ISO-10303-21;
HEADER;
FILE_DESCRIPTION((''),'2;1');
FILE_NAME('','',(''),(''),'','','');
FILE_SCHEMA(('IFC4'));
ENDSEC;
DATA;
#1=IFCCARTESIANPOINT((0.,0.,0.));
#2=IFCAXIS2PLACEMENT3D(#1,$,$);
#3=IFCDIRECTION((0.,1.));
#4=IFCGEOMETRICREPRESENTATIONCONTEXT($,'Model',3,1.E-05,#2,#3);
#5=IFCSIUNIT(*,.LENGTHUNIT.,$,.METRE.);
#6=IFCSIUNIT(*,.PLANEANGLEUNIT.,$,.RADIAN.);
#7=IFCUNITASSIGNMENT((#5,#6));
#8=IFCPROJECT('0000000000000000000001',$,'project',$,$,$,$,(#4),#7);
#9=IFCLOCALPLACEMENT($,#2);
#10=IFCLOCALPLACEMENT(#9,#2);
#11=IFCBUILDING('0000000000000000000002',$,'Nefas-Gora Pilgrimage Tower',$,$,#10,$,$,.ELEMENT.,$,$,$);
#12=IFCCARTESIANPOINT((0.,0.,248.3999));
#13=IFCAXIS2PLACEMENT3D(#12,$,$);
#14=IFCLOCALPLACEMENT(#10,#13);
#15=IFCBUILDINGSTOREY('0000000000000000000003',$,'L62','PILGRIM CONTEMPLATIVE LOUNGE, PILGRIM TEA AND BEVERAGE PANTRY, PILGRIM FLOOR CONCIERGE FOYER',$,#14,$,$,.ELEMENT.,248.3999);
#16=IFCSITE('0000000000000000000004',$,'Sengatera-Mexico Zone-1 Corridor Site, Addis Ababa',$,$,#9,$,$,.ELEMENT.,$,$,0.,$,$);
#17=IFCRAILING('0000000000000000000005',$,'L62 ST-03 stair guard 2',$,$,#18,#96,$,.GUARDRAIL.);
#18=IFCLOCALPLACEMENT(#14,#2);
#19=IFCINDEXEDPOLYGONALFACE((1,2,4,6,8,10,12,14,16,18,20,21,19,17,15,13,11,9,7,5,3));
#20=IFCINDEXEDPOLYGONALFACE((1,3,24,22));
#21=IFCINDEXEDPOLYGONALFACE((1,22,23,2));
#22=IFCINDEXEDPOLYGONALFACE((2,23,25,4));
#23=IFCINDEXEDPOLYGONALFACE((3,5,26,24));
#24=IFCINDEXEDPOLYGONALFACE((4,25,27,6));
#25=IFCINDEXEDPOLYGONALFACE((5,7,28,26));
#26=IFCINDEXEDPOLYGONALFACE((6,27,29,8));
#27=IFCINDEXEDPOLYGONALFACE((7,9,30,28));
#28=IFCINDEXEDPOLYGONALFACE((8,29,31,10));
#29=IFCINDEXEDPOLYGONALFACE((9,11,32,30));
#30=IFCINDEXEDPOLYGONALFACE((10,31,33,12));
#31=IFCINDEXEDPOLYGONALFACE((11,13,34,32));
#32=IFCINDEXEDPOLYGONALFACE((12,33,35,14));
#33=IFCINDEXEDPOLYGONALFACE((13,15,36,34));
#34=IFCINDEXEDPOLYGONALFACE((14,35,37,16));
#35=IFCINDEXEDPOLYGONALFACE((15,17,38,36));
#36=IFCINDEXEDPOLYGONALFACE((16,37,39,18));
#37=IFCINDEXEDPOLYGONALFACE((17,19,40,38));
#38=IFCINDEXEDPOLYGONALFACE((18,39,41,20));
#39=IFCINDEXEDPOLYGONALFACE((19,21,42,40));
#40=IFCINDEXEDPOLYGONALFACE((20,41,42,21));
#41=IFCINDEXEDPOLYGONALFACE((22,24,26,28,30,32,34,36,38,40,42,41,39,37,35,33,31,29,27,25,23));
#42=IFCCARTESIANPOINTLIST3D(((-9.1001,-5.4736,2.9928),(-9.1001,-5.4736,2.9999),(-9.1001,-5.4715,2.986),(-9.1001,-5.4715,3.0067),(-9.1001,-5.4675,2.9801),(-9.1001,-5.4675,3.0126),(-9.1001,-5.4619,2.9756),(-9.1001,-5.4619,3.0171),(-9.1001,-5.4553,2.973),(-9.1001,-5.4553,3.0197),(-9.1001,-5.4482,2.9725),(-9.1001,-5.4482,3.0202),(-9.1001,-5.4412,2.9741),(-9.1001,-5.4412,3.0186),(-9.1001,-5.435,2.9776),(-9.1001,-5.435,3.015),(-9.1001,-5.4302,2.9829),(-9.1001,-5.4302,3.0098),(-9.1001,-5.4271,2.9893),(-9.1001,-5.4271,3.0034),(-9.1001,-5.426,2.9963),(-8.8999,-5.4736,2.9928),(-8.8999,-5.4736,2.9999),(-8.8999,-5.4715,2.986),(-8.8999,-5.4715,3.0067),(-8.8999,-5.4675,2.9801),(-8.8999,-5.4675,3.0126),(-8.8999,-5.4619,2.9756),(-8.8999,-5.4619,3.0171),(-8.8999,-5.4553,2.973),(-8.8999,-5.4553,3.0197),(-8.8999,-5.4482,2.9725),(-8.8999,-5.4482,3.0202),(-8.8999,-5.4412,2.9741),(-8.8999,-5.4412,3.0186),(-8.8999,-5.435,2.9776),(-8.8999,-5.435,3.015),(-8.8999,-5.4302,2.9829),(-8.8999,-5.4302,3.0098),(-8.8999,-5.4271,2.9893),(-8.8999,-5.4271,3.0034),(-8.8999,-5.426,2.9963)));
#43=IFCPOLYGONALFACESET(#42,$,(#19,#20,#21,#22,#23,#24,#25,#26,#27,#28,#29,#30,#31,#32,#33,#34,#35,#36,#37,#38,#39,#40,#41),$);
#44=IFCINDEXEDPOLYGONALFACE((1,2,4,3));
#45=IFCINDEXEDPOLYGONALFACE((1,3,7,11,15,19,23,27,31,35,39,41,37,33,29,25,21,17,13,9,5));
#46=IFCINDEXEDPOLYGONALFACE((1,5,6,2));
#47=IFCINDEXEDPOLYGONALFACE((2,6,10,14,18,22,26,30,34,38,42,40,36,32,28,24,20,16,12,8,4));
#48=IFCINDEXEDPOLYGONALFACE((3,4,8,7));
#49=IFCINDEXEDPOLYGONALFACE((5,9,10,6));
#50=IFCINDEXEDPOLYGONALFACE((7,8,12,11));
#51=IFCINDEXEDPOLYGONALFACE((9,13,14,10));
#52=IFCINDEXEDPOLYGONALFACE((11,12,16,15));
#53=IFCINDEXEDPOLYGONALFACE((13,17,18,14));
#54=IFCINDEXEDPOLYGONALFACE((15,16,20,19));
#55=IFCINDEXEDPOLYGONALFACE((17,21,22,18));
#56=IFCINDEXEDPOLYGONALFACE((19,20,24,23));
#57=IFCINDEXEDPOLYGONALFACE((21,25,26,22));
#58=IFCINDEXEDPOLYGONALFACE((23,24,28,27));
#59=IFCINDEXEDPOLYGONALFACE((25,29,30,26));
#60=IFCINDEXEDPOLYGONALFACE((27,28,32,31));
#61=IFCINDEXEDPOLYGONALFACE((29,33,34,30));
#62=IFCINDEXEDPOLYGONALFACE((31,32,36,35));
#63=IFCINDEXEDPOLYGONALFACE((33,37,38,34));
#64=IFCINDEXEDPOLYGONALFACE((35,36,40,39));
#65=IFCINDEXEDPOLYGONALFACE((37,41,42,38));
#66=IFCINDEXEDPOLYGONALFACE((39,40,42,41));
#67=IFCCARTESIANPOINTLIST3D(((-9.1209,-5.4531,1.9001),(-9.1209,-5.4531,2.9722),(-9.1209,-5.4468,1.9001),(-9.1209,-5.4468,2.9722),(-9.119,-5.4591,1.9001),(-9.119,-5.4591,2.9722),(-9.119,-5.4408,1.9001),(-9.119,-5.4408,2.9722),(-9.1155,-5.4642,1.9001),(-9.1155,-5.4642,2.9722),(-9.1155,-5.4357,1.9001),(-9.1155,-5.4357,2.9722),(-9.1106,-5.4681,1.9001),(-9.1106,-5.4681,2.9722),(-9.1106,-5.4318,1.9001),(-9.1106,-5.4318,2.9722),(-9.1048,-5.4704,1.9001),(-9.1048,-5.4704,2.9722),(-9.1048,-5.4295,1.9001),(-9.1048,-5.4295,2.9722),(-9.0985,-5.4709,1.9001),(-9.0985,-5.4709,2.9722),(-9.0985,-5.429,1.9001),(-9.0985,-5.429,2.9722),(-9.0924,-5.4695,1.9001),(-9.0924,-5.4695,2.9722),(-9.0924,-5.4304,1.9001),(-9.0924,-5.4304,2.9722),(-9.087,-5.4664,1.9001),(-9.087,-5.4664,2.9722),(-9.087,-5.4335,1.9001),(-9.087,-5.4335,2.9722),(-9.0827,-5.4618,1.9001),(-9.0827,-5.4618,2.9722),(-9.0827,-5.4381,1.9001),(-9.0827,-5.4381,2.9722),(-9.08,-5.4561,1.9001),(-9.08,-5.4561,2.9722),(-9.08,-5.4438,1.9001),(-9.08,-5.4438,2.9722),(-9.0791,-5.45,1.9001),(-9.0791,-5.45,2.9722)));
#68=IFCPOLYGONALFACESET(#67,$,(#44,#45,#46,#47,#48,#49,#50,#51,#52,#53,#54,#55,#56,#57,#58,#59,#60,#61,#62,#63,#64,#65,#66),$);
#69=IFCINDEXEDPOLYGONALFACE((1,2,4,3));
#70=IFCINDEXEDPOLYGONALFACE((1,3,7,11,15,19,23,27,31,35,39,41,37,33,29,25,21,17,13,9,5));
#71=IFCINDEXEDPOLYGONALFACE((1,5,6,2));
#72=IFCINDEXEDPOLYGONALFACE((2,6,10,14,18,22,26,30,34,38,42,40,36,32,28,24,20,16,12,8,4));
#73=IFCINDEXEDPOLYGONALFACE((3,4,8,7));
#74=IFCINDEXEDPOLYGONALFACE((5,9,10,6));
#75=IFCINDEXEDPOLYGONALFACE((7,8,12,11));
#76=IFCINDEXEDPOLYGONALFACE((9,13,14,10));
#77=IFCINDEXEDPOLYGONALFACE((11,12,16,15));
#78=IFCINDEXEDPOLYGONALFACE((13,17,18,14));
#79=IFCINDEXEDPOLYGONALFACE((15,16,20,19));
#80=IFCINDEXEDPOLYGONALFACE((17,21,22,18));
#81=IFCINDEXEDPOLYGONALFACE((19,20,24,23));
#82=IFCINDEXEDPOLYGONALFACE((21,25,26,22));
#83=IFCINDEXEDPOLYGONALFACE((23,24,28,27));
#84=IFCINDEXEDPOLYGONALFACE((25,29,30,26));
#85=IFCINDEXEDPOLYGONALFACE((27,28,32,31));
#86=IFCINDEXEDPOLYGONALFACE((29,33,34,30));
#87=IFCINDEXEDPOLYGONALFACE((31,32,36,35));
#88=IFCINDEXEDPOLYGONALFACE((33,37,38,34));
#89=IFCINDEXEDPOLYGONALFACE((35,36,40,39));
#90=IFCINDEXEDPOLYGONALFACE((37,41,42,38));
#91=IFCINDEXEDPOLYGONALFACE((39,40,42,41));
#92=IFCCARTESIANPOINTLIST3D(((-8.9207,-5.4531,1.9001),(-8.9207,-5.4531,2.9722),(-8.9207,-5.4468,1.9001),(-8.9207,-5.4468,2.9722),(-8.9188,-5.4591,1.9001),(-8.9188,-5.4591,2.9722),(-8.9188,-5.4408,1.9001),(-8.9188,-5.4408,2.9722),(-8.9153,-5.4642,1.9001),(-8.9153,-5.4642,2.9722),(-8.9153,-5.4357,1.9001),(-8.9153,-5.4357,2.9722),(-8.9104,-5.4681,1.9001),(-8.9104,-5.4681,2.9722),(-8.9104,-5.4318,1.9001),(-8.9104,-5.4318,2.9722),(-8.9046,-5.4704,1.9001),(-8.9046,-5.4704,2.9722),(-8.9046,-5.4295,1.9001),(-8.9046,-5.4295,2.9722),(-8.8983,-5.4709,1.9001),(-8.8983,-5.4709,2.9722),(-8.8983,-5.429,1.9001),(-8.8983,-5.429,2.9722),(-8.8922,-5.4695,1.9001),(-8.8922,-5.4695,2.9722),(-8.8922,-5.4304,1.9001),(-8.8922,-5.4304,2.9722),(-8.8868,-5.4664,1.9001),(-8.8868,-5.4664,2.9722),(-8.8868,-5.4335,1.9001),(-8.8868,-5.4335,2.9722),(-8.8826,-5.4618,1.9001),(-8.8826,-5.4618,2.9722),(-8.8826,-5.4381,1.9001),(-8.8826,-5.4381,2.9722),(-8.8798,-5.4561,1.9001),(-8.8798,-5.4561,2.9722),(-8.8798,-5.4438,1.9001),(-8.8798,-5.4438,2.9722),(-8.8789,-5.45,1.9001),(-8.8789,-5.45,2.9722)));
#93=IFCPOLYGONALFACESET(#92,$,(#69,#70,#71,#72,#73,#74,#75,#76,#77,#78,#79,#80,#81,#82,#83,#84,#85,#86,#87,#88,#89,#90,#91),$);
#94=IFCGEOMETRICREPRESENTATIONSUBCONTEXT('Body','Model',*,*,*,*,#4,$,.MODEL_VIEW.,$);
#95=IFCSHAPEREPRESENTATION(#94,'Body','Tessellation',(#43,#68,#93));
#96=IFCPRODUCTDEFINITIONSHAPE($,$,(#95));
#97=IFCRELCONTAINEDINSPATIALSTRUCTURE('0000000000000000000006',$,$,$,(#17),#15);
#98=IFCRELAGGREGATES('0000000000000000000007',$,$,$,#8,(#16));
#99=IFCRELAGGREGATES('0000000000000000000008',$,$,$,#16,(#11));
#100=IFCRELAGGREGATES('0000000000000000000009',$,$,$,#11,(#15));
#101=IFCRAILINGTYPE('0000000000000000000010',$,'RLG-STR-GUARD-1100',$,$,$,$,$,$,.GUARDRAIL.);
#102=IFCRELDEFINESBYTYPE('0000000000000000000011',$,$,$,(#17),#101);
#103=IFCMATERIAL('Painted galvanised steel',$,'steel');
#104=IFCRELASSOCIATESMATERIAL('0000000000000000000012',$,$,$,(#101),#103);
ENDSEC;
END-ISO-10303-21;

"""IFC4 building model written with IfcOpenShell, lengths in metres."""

from ifc_helpers import new_model, si_unit, direction, frame, origin, origin_2d, place, context, subcontext, project, spatial, circle, extrude, material, type_object, element, save


model = new_model("IFC4")

# Units and contexts
model_context = context("Model", 3, precision=1e-05, world=origin(), true_north=direction((0.0, 1.0)))
body_context = subcontext(model_context, "Body", "Model", "MODEL_VIEW")
ifc_project = project(units=[si_unit("LENGTHUNIT", "METRE"), si_unit("PLANEANGLEUNIT", "RADIAN")], contexts=[model_context])

# Site, building, storey
site_placement = place(None, origin())
site = spatial("IfcSite", under=ifc_project, at=site_placement, Name="Sengatera-Mexico Zone-1 Corridor Site, Addis Ababa", CompositionType="ELEMENT", RefElevation=0.0)
building_placement = place(site_placement, origin())
building = spatial("IfcBuilding", under=site, at=building_placement, Name="Nefas-Gora Pilgrimage Tower", CompositionType="ELEMENT")
storey_placement = place(building_placement, frame((0.0, 0.0, 248.3999)))
storey = spatial("IfcBuildingStorey", under=building, at=storey_placement, Name="L62", Description="PILGRIM CONTEMPLATIVE LOUNGE, PILGRIM TEA AND BEVERAGE PANTRY, PILGRIM FLOOR CONCIERGE FOYER", CompositionType="ELEMENT", Elevation=248.3999)

# Railing
ifc_material_1 = material(Name="Painted galvanised steel", Category="steel")
railing_type_1 = type_object("IfcRailingType", Name="RLG-STR-GUARD-1100", PredefinedType="GUARDRAIL", material=ifc_material_1)
railing_1_placement = place(storey_placement, frame((-9.1001, -5.45, 1.9001)))
element("IfcRailing", 1, at=railing_1_placement, inside=storey, type_object=railing_type_1, Name="L62 ST-03 stair guard 2", PredefinedType="GUARDRAIL", context=body_context, shape_type="SweptSolid", body=[
    extrude(circle(Radius=0.0239, at=origin_2d()), frame((0.0, 0.0, 1.0962), z_axis=(1.0, 0.0, 0.0), x_axis=(0.0, 1.0, 0.0)), (0.0, 0.0, 1.0), 0.2002),
    extrude(circle(Radius=0.021, at=origin_2d()), origin(), (0.0, 0.0, 1.0), 1.072),
    extrude(circle(Radius=0.021, at=origin_2d()), frame((0.2002, 0.0, 0.0)), (0.0, 0.0, 1.0), 1.072),
])

save(model, "model.ifc")
